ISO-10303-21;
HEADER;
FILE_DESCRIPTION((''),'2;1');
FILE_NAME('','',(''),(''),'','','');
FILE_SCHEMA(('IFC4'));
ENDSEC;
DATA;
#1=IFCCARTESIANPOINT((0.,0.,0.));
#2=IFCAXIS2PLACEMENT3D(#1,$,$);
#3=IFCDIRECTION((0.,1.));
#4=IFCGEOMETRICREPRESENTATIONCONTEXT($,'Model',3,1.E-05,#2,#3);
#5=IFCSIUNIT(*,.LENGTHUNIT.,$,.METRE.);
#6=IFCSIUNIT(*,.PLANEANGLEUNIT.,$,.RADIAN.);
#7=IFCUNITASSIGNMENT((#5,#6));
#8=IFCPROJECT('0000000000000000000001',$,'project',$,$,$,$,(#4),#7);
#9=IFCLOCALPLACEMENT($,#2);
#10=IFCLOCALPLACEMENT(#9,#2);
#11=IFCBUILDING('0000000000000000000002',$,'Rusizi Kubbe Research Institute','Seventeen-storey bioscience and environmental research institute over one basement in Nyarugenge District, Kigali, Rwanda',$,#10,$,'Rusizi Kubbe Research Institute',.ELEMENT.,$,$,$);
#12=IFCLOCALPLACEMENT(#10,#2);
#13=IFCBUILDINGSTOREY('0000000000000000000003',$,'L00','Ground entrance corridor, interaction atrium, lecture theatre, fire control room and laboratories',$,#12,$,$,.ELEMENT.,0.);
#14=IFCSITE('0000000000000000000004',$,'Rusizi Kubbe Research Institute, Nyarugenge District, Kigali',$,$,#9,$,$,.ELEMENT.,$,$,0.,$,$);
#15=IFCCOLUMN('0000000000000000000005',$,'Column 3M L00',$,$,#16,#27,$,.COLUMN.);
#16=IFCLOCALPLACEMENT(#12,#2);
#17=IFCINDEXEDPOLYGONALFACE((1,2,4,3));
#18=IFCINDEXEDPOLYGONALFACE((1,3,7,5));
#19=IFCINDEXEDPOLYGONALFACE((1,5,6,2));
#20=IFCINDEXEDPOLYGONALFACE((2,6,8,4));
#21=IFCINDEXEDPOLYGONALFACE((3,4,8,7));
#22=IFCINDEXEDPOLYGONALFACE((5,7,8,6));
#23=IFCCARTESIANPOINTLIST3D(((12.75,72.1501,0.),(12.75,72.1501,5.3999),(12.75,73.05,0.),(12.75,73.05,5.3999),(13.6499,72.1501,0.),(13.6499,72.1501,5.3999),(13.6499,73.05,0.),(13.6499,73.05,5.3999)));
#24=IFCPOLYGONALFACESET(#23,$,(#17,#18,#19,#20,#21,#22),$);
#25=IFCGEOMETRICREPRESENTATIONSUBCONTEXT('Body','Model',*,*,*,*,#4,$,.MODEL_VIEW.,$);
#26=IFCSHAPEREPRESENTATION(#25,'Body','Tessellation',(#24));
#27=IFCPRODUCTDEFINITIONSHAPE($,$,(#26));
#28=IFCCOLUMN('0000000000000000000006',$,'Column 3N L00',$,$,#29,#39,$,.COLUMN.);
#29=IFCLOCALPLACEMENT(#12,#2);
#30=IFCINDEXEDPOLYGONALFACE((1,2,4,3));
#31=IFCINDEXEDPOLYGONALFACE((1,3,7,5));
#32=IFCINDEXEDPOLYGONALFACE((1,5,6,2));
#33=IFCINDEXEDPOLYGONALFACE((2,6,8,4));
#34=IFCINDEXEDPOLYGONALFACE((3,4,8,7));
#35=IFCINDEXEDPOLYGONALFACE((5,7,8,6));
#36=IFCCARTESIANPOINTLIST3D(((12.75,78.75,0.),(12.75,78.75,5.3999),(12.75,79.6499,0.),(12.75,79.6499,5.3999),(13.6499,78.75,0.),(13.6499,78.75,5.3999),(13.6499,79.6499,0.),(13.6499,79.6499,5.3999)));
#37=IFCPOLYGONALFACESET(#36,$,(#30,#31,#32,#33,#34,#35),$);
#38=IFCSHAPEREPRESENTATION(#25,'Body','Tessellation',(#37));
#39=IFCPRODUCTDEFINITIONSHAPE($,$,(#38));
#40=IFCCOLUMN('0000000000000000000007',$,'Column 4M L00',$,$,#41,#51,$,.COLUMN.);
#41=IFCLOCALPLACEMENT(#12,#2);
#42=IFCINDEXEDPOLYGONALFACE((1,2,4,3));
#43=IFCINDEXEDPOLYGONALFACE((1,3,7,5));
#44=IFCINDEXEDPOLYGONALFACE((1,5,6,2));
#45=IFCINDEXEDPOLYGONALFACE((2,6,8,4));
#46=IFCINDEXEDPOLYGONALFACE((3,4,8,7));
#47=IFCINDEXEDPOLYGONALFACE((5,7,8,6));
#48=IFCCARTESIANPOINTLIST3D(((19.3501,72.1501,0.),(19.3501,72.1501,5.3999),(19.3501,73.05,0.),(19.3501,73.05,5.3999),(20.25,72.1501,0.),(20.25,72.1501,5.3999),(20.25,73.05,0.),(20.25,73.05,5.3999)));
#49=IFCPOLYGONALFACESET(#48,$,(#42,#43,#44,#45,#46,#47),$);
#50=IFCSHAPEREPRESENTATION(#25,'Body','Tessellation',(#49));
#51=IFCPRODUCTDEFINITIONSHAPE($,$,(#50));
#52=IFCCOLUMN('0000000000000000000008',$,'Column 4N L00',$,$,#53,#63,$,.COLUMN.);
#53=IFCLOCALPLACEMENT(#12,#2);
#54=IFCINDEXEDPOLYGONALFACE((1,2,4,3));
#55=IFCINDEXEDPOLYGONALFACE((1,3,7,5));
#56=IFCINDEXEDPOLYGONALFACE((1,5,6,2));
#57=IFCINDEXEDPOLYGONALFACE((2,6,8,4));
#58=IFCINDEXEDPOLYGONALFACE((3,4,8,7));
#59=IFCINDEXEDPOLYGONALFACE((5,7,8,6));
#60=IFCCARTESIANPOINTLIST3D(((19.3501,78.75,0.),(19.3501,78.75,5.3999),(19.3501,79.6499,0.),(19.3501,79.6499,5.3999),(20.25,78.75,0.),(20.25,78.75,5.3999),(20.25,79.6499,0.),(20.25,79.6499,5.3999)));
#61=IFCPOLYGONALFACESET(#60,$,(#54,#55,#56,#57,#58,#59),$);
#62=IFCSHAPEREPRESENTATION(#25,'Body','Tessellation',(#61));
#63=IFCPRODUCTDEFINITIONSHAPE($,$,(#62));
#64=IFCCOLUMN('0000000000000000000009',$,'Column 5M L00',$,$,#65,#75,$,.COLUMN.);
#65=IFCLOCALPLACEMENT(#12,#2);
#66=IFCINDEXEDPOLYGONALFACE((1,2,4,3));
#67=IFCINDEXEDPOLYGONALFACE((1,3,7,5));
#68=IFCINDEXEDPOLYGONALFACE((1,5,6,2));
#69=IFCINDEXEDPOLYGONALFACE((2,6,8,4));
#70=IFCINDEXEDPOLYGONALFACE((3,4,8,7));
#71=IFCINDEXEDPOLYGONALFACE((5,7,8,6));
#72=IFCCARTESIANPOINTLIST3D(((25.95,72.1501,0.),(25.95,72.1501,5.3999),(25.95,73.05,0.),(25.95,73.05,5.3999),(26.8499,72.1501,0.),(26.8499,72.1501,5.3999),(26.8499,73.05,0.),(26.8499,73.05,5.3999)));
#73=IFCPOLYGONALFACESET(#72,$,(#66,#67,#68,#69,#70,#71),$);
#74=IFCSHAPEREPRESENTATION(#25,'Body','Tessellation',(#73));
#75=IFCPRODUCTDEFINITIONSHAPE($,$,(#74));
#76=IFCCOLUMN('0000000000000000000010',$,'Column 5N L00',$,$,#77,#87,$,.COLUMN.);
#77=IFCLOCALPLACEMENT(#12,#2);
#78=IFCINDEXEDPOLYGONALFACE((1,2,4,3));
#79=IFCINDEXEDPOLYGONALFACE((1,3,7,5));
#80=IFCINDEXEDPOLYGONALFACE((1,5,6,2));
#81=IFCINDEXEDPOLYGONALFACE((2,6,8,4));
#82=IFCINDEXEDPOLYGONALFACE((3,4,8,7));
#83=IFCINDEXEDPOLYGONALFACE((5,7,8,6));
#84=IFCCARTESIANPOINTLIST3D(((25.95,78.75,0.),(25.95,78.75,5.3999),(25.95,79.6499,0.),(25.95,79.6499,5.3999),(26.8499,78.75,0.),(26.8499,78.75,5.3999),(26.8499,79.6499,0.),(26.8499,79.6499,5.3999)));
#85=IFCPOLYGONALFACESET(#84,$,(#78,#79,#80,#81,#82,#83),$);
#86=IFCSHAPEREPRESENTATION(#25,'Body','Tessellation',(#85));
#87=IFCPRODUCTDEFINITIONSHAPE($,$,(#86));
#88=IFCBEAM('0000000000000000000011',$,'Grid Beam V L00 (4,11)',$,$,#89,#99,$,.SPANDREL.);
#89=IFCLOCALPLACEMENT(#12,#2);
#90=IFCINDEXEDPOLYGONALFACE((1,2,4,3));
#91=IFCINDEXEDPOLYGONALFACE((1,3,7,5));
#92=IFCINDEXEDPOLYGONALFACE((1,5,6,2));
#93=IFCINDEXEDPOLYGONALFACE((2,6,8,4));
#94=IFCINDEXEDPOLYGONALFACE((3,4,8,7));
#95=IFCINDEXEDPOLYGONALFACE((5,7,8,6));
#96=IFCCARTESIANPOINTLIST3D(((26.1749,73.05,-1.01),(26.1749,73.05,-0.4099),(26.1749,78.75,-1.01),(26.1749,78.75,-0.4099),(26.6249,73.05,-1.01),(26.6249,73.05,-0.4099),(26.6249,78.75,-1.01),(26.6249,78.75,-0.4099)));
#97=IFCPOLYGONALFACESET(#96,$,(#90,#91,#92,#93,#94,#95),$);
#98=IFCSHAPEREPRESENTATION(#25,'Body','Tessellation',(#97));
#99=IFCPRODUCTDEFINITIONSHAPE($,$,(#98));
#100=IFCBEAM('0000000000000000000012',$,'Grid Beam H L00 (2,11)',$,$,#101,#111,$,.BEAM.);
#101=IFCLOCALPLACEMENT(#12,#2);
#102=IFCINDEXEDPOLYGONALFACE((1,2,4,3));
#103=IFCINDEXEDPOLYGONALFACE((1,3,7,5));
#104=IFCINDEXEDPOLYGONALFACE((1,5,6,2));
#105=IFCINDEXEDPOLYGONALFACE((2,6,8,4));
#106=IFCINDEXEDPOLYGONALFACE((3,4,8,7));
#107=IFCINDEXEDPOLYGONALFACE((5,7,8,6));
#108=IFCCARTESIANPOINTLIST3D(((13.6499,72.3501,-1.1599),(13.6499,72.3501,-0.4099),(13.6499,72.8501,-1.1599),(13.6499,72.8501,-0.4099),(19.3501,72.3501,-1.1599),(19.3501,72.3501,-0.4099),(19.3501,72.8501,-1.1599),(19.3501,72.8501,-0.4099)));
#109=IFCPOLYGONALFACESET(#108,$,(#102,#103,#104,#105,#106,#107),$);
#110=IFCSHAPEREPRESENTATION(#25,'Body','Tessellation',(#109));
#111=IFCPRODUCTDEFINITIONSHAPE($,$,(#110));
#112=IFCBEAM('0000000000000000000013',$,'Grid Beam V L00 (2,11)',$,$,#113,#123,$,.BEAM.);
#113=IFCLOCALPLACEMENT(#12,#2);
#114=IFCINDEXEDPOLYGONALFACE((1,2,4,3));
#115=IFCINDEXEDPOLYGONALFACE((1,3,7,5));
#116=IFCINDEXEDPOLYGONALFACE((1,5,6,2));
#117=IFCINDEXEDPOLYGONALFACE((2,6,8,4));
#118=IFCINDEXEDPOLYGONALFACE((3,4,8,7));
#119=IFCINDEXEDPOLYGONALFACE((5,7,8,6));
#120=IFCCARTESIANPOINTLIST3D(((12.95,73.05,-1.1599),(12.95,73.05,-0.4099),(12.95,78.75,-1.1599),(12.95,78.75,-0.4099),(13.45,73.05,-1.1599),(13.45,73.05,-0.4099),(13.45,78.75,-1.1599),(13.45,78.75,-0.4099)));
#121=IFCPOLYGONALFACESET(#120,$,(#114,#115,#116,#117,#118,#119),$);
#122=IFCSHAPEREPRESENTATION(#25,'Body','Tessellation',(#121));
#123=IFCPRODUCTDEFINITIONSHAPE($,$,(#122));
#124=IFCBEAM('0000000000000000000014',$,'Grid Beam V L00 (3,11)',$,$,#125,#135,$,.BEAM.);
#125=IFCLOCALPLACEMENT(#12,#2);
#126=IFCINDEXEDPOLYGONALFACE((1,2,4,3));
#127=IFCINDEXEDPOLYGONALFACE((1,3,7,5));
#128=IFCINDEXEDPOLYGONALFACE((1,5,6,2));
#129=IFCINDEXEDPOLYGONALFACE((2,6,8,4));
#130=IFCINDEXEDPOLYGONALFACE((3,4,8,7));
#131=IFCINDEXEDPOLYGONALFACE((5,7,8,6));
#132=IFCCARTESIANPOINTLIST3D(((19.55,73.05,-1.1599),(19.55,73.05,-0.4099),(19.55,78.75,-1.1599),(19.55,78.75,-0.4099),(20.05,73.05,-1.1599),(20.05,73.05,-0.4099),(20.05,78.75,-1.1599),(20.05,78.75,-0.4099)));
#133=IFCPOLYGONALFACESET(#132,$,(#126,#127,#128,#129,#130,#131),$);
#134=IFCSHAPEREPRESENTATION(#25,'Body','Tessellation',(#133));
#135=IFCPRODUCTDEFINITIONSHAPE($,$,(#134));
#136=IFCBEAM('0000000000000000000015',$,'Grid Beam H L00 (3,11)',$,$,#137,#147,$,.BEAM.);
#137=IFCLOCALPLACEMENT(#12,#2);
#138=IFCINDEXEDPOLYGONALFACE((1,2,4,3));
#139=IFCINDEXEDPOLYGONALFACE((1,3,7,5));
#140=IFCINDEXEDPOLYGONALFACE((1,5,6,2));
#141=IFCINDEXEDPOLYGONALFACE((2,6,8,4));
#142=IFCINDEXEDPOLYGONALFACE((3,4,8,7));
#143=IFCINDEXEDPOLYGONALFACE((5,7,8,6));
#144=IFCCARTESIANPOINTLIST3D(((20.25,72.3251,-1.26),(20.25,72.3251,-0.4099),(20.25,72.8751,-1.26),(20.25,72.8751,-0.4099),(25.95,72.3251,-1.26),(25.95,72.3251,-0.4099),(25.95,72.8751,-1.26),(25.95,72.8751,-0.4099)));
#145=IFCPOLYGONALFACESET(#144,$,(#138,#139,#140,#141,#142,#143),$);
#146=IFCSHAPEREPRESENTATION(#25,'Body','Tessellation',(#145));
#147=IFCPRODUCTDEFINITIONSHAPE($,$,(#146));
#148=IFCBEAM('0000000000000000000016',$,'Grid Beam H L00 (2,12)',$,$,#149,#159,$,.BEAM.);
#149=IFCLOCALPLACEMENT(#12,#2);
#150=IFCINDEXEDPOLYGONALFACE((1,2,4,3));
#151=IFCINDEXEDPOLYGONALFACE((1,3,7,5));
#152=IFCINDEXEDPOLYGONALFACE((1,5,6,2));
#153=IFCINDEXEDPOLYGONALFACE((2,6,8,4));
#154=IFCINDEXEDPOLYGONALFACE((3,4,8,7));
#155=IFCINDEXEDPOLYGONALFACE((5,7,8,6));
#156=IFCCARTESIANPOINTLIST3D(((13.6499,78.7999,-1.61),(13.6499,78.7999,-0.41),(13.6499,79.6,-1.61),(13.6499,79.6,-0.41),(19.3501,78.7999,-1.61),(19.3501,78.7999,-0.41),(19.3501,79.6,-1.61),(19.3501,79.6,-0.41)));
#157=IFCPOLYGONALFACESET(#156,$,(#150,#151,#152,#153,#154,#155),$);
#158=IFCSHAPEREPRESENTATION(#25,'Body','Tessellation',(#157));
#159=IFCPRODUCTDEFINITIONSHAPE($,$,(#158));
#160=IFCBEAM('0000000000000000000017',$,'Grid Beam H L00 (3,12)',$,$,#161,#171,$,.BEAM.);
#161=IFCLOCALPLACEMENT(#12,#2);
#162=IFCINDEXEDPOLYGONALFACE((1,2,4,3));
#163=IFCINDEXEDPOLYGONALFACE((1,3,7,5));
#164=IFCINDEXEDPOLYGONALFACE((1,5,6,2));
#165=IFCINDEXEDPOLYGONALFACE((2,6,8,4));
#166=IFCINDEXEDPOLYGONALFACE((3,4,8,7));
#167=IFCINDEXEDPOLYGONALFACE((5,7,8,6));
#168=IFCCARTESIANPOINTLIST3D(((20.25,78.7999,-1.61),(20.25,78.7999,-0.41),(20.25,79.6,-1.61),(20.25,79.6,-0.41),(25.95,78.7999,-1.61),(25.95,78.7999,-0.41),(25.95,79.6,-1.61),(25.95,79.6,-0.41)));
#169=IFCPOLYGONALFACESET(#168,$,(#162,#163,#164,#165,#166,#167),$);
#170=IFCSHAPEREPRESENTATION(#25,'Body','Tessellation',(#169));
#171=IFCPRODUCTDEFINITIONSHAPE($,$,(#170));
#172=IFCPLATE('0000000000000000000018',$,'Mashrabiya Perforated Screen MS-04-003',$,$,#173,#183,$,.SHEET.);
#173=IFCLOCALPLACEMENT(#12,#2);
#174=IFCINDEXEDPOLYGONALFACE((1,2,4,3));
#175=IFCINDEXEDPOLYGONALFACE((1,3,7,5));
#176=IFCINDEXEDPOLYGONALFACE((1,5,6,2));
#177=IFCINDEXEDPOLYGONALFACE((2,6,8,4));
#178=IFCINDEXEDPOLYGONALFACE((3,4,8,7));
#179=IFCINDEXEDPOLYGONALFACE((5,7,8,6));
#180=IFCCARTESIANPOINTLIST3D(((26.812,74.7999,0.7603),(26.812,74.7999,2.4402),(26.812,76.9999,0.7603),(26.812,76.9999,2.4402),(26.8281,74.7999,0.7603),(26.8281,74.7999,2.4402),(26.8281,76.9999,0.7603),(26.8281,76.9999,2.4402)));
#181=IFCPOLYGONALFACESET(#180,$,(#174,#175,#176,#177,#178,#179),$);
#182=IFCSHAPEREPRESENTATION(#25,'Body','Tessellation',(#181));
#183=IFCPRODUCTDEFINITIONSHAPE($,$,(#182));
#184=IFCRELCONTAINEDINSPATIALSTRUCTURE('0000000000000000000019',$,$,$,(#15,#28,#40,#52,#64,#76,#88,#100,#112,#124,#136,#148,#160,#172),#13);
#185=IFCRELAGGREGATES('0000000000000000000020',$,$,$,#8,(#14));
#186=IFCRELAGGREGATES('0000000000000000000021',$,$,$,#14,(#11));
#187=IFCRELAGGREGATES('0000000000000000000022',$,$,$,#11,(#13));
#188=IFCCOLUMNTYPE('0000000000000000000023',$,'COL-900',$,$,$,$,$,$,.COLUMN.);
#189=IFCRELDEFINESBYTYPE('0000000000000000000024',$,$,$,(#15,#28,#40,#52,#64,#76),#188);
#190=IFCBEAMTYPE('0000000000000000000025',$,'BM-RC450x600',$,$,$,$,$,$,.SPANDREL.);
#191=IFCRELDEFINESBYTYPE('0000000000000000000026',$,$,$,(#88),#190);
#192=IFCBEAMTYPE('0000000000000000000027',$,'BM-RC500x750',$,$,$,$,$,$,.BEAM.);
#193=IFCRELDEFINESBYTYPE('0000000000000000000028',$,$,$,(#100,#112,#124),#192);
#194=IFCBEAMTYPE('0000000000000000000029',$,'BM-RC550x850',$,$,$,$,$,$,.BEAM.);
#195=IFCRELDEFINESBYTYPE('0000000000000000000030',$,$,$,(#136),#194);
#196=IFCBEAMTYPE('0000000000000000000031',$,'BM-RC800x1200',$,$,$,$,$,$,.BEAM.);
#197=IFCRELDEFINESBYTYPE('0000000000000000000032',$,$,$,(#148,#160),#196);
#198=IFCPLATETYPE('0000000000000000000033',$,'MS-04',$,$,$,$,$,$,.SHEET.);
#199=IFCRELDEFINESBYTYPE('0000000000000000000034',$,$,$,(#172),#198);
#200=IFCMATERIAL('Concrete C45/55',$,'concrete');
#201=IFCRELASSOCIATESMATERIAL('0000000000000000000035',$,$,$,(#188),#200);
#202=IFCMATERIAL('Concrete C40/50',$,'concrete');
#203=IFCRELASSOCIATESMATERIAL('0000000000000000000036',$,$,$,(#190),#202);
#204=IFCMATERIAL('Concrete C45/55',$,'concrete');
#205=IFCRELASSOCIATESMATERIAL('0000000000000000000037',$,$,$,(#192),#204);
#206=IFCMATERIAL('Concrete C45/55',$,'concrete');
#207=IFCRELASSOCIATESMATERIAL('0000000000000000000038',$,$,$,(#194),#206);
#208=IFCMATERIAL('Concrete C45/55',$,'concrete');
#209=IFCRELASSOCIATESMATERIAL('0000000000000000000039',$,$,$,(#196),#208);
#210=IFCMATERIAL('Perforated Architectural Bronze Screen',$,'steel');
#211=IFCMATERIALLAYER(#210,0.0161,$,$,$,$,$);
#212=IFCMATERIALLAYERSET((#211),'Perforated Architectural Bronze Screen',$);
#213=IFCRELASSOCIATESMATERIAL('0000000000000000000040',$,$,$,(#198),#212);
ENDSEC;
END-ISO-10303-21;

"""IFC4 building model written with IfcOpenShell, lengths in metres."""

from ifc_helpers import new_model, si_unit, direction, frame, origin, origin_2d, place, context, subcontext, project, spatial, rectangle, extrude, material, layer, layer_set, material_profile, profile_set, type_object, element, save


model = new_model("IFC4")

# Units and contexts
model_context = context("Model", 3, precision=1e-05, world=origin(), true_north=direction((0.0, 1.0)))
body_context = subcontext(model_context, "Body", "Model", "MODEL_VIEW")
ifc_project = project(units=[si_unit("LENGTHUNIT", "METRE"), si_unit("PLANEANGLEUNIT", "RADIAN")], contexts=[model_context])

# Site, building, storey
site_placement = place(None, origin())
site = spatial("IfcSite", under=ifc_project, at=site_placement, Name="Rusizi Kubbe Research Institute, Nyarugenge District, Kigali", CompositionType="ELEMENT", RefElevation=0.0)
building_placement = place(site_placement, origin())
building = spatial("IfcBuilding", under=site, at=building_placement, Name="Rusizi Kubbe Research Institute", Description="Seventeen-storey bioscience and environmental research institute over one basement in Nyarugenge District, Kigali, Rwanda", LongName="Rusizi Kubbe Research Institute", CompositionType="ELEMENT")
storey_placement = place(building_placement, origin())
storey = spatial("IfcBuildingStorey", under=building, at=storey_placement, Name="L00", Description="Ground entrance corridor, interaction atrium, lecture theatre, fire control room and laboratories", CompositionType="ELEMENT", Elevation=0.0)

# Columns
ifc_material_1 = material(Name="Concrete C45/55", Category="concrete")
ifc_material_profile_1 = material_profile(ifc_material_1, rectangle(XDim=0.8999, YDim=0.8999, at=origin_2d()), Name="RC900x900")
ifc_profile_set_1 = profile_set([ifc_material_profile_1], Name="Concrete C45/55")
column_type = type_object("IfcColumnType", Name="COL-900", PredefinedType="COLUMN", material=ifc_profile_set_1)
for number, where, z_axis, x_axis, name in (
    (1, (13.2, 72.6001, 0.0), (0.0, 0.0, 1.0), (1.0, 0.0, 0.0), "Column 3M L00"),
    (2, (13.2, 79.2, 0.0), (0.0, 0.0, 1.0), (1.0, 0.0, 0.0), "Column 3N L00"),
    (3, (19.8, 72.6001, 0.0), (0.0, 0.0, 1.0), (1.0, 0.0, 0.0), "Column 4M L00"),
    (4, (19.8, 79.2, 0.0), (0.0, 0.0, 1.0), (1.0, 0.0, 0.0), "Column 4N L00"),
    (5, (26.3999, 72.6001, 0.0), (0.0, 0.0, 1.0), (1.0, 0.0, 0.0), "Column 5M L00"),
    (6, (26.3999, 79.2, 0.0), (0.0, 0.0, 1.0), (1.0, 0.0, 0.0), "Column 5N L00"),
):
    element("IfcColumn", number, at=place(storey_placement, frame(where, z_axis=z_axis, x_axis=x_axis)), inside=storey, type_object=column_type, Name=name, PredefinedType="COLUMN", context=body_context, shape_type="SweptSolid", body=[
        extrude(rectangle(XDim=0.8999, YDim=0.8999, at=origin_2d()), origin(), (0.0, 0.0, 1.0), 5.3999),
    ])

# Beams
ifc_material_2 = material(Name="Concrete C40/50", Category="concrete")
ifc_material_profile_2 = material_profile(ifc_material_2, rectangle(XDim=0.45, YDim=0.6001, at=origin_2d()), Name="RC450x600")
ifc_profile_set_2 = profile_set([ifc_material_profile_2], Name="Concrete C40/50")
beam_type_1 = type_object("IfcBeamType", Name="BM-RC450x600", PredefinedType="SPANDREL", material=ifc_profile_set_2)
beam_1_placement = place(storey_placement, frame((26.3999, 73.05, -0.71), z_axis=(0.0, 1.0, 0.0), x_axis=(-1.0, 0.0, 0.0)))
element("IfcBeam", 7, at=beam_1_placement, inside=storey, type_object=beam_type_1, Name="Grid Beam V L00 (4,11)", PredefinedType="SPANDREL", context=body_context, shape_type="SweptSolid", body=[
    extrude(rectangle(XDim=0.45, YDim=0.6001, at=origin_2d()), origin(), (0.0, 0.0, 1.0), 5.7),
])
ifc_material_3 = material(Name="Concrete C45/55", Category="concrete")
ifc_material_profile_3 = material_profile(ifc_material_3, rectangle(XDim=0.5, YDim=0.75, at=origin_2d()), Name="RC500x750B")
ifc_profile_set_3 = profile_set([ifc_material_profile_3], Name="Concrete C45/55")
beam_type_2 = type_object("IfcBeamType", Name="BM-RC500x750", PredefinedType="BEAM", material=ifc_profile_set_3)
beam_2_placement = place(storey_placement, frame((13.6499, 72.6001, -0.7849), z_axis=(1.0, 0.0, 0.0), x_axis=(0.0, 1.0, 0.0)))
element("IfcBeam", 8, at=beam_2_placement, inside=storey, type_object=beam_type_2, Name="Grid Beam H L00 (2,11)", PredefinedType="BEAM", context=body_context, shape_type="SweptSolid", body=[
    extrude(rectangle(XDim=0.5, YDim=0.75, at=origin_2d()), origin(), (0.0, 0.0, 1.0), 5.7002),
])
for number, where, z_axis, x_axis, name in (
    (9, (13.2, 73.05, -0.7849), (0.0, 1.0, 0.0), (-1.0, 0.0, 0.0), "Grid Beam V L00 (2,11)"),
    (10, (19.8, 73.05, -0.7849), (0.0, 1.0, 0.0), (-1.0, 0.0, 0.0), "Grid Beam V L00 (3,11)"),
):
    element("IfcBeam", number, at=place(storey_placement, frame(where, z_axis=z_axis, x_axis=x_axis)), inside=storey, type_object=beam_type_2, Name=name, PredefinedType="BEAM", context=body_context, shape_type="SweptSolid", body=[
        extrude(rectangle(XDim=0.5, YDim=0.75, at=origin_2d()), origin(), (0.0, 0.0, 1.0), 5.7),
    ])
ifc_material_4 = material(Name="Concrete C45/55", Category="concrete")
ifc_material_profile_4 = material_profile(ifc_material_4, rectangle(XDim=0.55, YDim=0.8501, at=origin_2d()), Name="RC550x850")
ifc_profile_set_4 = profile_set([ifc_material_profile_4], Name="Concrete C45/55")
beam_type_3 = type_object("IfcBeamType", Name="BM-RC550x850", PredefinedType="BEAM", material=ifc_profile_set_4)
beam_3_placement = place(storey_placement, frame((20.25, 72.6001, -0.835), z_axis=(1.0, 0.0, 0.0), x_axis=(0.0, 1.0, 0.0)))
element("IfcBeam", 11, at=beam_3_placement, inside=storey, type_object=beam_type_3, Name="Grid Beam H L00 (3,11)", PredefinedType="BEAM", context=body_context, shape_type="SweptSolid", body=[
    extrude(rectangle(XDim=0.55, YDim=0.8501, at=origin_2d()), origin(), (0.0, 0.0, 1.0), 5.7),
])
ifc_material_5 = material(Name="Concrete C45/55", Category="concrete")
ifc_material_profile_5 = material_profile(ifc_material_5, rectangle(XDim=0.8, YDim=1.2, at=origin_2d()), Name="RC800x1200")
ifc_profile_set_5 = profile_set([ifc_material_profile_5], Name="Concrete C45/55")
beam_type_4 = type_object("IfcBeamType", Name="BM-RC800x1200", PredefinedType="BEAM", material=ifc_profile_set_5)
beam_4_placement = place(storey_placement, frame((13.6499, 79.2, -1.01), z_axis=(1.0, 0.0, 0.0), x_axis=(0.0, 1.0, 0.0)))
element("IfcBeam", 12, at=beam_4_placement, inside=storey, type_object=beam_type_4, Name="Grid Beam H L00 (2,12)", PredefinedType="BEAM", context=body_context, shape_type="SweptSolid", body=[
    extrude(rectangle(XDim=0.8, YDim=1.2, at=origin_2d()), origin(), (0.0, 0.0, 1.0), 5.7002),
])
beam_5_placement = place(storey_placement, frame((20.25, 79.2, -1.01), z_axis=(1.0, 0.0, 0.0), x_axis=(0.0, 1.0, 0.0)))
element("IfcBeam", 13, at=beam_5_placement, inside=storey, type_object=beam_type_4, Name="Grid Beam H L00 (3,12)", PredefinedType="BEAM", context=body_context, shape_type="SweptSolid", body=[
    extrude(rectangle(XDim=0.8, YDim=1.2, at=origin_2d()), origin(), (0.0, 0.0, 1.0), 5.7),
])

# Plate
ifc_material_6 = material(Name="Perforated Architectural Bronze Screen", Category="steel")
ifc_layer_1 = layer(ifc_material_6, 0.0161)
ifc_layer_set_1 = layer_set([ifc_layer_1], Name="Perforated Architectural Bronze Screen")
plate_type = type_object("IfcPlateType", Name="MS-04", PredefinedType="SHEET", material=ifc_layer_set_1)
plate_placement = place(storey_placement, frame((26.8201, 75.8999, 0.7603), z_axis=(0.0, 0.0, 1.0), x_axis=(0.0, 1.0, 0.0)))
element("IfcPlate", 14, at=plate_placement, inside=storey, type_object=plate_type, Name="Mashrabiya Perforated Screen MS-04-003", PredefinedType="SHEET", context=body_context, shape_type="SweptSolid", body=[
    extrude(rectangle(XDim=2.2, YDim=0.0161, at=origin_2d()), origin(), (0.0, 0.0, 1.0), 1.6799),
])

save(model, "model.ifc")
